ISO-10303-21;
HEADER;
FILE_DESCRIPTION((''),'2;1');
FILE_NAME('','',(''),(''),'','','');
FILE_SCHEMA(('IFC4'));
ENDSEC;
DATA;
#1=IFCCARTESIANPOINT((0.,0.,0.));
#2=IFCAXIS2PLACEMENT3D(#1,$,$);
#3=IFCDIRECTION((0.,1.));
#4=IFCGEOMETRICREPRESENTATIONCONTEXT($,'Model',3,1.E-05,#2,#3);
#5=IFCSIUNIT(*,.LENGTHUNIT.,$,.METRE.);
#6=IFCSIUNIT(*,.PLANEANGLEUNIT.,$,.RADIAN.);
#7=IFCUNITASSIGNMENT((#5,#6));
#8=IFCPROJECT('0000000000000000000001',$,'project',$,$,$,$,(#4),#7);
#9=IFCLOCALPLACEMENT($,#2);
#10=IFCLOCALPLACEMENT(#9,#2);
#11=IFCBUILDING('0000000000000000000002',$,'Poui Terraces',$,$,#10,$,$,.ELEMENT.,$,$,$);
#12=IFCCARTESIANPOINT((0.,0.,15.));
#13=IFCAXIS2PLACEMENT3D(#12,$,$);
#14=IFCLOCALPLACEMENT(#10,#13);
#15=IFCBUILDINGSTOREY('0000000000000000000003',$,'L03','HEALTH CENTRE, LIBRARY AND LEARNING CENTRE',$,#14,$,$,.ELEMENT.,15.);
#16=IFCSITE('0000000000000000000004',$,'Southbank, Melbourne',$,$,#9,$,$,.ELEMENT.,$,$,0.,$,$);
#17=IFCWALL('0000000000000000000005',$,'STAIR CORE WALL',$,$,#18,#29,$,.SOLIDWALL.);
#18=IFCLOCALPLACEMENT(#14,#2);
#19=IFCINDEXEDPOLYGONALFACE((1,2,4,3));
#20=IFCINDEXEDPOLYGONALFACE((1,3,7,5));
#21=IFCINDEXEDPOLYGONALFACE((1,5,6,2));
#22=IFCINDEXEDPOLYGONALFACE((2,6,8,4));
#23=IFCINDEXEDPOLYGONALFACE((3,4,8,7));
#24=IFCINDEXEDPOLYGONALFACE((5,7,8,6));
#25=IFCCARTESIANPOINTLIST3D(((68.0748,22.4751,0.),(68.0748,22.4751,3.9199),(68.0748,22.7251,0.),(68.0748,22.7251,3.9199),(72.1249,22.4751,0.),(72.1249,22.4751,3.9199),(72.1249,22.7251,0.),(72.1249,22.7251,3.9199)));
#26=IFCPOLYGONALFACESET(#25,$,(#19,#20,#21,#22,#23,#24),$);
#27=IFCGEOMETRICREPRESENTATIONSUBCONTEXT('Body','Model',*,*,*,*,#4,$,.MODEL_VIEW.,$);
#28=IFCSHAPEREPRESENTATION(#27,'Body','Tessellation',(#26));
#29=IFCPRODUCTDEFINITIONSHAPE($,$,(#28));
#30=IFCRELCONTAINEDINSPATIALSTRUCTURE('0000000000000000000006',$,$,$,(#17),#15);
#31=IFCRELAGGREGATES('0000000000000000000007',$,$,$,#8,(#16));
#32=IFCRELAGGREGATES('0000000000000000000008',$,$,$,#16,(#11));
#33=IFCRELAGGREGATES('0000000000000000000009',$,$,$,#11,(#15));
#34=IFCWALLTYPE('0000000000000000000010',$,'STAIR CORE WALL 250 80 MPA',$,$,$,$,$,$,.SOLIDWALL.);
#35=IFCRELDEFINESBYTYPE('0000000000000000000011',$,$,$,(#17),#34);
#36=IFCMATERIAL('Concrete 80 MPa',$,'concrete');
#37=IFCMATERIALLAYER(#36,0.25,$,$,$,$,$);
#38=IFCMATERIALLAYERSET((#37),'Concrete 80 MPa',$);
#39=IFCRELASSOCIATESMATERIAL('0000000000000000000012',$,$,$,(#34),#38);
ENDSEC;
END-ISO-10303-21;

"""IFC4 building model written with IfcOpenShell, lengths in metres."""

from ifc_helpers import new_model, si_unit, direction, frame, frame_2d, origin, place, context, subcontext, project, spatial, rectangle, extrude, material, layer, layer_set, type_object, element, save


model = new_model("IFC4")

# Units and contexts
model_context = context("Model", 3, precision=1e-05, world=origin(), true_north=direction((0.0, 1.0)))
body_context = subcontext(model_context, "Body", "Model", "MODEL_VIEW")
ifc_project = project(units=[si_unit("LENGTHUNIT", "METRE"), si_unit("PLANEANGLEUNIT", "RADIAN")], contexts=[model_context])

# Site, building, storey
site_placement = place(None, origin())
site = spatial("IfcSite", under=ifc_project, at=site_placement, Name="Southbank, Melbourne", CompositionType="ELEMENT", RefElevation=0.0)
building_placement = place(site_placement, origin())
building = spatial("IfcBuilding", under=site, at=building_placement, Name="Poui Terraces", CompositionType="ELEMENT")
storey_placement = place(building_placement, frame((0.0, 0.0, 15.0)))
storey = spatial("IfcBuildingStorey", under=building, at=storey_placement, Name="L03", Description="HEALTH CENTRE, LIBRARY AND LEARNING CENTRE", CompositionType="ELEMENT", Elevation=15.0)

# Shared definitions
ifc_material_1 = material(Name="Concrete 80 MPa", Category="concrete")

# Wall
ifc_layer_1 = layer(ifc_material_1, 0.25)
ifc_layer_set_1 = layer_set([ifc_layer_1], Name="Concrete 80 MPa")
wall_type_1 = type_object("IfcWallType", Name="STAIR CORE WALL 250 80 MPA", PredefinedType="SOLIDWALL", material=ifc_layer_set_1)
wall_1_placement = place(storey_placement, frame((68.075, 22.6001, 0.0), z_axis=(0.0, 0.0, 1.0), x_axis=(1.0, 0.0, 0.0)))
element("IfcWall", 1, at=wall_1_placement, inside=storey, type_object=wall_type_1, Name="STAIR CORE WALL", PredefinedType="SOLIDWALL", context=body_context, shape_type="SweptSolid", body=[
    extrude(rectangle(XDim=4.05, YDim=0.25, at=frame_2d((2.0249, 0.0))), origin(), (0.0, 0.0, 1.0), 3.9199),
])

save(model, "model.ifc")
